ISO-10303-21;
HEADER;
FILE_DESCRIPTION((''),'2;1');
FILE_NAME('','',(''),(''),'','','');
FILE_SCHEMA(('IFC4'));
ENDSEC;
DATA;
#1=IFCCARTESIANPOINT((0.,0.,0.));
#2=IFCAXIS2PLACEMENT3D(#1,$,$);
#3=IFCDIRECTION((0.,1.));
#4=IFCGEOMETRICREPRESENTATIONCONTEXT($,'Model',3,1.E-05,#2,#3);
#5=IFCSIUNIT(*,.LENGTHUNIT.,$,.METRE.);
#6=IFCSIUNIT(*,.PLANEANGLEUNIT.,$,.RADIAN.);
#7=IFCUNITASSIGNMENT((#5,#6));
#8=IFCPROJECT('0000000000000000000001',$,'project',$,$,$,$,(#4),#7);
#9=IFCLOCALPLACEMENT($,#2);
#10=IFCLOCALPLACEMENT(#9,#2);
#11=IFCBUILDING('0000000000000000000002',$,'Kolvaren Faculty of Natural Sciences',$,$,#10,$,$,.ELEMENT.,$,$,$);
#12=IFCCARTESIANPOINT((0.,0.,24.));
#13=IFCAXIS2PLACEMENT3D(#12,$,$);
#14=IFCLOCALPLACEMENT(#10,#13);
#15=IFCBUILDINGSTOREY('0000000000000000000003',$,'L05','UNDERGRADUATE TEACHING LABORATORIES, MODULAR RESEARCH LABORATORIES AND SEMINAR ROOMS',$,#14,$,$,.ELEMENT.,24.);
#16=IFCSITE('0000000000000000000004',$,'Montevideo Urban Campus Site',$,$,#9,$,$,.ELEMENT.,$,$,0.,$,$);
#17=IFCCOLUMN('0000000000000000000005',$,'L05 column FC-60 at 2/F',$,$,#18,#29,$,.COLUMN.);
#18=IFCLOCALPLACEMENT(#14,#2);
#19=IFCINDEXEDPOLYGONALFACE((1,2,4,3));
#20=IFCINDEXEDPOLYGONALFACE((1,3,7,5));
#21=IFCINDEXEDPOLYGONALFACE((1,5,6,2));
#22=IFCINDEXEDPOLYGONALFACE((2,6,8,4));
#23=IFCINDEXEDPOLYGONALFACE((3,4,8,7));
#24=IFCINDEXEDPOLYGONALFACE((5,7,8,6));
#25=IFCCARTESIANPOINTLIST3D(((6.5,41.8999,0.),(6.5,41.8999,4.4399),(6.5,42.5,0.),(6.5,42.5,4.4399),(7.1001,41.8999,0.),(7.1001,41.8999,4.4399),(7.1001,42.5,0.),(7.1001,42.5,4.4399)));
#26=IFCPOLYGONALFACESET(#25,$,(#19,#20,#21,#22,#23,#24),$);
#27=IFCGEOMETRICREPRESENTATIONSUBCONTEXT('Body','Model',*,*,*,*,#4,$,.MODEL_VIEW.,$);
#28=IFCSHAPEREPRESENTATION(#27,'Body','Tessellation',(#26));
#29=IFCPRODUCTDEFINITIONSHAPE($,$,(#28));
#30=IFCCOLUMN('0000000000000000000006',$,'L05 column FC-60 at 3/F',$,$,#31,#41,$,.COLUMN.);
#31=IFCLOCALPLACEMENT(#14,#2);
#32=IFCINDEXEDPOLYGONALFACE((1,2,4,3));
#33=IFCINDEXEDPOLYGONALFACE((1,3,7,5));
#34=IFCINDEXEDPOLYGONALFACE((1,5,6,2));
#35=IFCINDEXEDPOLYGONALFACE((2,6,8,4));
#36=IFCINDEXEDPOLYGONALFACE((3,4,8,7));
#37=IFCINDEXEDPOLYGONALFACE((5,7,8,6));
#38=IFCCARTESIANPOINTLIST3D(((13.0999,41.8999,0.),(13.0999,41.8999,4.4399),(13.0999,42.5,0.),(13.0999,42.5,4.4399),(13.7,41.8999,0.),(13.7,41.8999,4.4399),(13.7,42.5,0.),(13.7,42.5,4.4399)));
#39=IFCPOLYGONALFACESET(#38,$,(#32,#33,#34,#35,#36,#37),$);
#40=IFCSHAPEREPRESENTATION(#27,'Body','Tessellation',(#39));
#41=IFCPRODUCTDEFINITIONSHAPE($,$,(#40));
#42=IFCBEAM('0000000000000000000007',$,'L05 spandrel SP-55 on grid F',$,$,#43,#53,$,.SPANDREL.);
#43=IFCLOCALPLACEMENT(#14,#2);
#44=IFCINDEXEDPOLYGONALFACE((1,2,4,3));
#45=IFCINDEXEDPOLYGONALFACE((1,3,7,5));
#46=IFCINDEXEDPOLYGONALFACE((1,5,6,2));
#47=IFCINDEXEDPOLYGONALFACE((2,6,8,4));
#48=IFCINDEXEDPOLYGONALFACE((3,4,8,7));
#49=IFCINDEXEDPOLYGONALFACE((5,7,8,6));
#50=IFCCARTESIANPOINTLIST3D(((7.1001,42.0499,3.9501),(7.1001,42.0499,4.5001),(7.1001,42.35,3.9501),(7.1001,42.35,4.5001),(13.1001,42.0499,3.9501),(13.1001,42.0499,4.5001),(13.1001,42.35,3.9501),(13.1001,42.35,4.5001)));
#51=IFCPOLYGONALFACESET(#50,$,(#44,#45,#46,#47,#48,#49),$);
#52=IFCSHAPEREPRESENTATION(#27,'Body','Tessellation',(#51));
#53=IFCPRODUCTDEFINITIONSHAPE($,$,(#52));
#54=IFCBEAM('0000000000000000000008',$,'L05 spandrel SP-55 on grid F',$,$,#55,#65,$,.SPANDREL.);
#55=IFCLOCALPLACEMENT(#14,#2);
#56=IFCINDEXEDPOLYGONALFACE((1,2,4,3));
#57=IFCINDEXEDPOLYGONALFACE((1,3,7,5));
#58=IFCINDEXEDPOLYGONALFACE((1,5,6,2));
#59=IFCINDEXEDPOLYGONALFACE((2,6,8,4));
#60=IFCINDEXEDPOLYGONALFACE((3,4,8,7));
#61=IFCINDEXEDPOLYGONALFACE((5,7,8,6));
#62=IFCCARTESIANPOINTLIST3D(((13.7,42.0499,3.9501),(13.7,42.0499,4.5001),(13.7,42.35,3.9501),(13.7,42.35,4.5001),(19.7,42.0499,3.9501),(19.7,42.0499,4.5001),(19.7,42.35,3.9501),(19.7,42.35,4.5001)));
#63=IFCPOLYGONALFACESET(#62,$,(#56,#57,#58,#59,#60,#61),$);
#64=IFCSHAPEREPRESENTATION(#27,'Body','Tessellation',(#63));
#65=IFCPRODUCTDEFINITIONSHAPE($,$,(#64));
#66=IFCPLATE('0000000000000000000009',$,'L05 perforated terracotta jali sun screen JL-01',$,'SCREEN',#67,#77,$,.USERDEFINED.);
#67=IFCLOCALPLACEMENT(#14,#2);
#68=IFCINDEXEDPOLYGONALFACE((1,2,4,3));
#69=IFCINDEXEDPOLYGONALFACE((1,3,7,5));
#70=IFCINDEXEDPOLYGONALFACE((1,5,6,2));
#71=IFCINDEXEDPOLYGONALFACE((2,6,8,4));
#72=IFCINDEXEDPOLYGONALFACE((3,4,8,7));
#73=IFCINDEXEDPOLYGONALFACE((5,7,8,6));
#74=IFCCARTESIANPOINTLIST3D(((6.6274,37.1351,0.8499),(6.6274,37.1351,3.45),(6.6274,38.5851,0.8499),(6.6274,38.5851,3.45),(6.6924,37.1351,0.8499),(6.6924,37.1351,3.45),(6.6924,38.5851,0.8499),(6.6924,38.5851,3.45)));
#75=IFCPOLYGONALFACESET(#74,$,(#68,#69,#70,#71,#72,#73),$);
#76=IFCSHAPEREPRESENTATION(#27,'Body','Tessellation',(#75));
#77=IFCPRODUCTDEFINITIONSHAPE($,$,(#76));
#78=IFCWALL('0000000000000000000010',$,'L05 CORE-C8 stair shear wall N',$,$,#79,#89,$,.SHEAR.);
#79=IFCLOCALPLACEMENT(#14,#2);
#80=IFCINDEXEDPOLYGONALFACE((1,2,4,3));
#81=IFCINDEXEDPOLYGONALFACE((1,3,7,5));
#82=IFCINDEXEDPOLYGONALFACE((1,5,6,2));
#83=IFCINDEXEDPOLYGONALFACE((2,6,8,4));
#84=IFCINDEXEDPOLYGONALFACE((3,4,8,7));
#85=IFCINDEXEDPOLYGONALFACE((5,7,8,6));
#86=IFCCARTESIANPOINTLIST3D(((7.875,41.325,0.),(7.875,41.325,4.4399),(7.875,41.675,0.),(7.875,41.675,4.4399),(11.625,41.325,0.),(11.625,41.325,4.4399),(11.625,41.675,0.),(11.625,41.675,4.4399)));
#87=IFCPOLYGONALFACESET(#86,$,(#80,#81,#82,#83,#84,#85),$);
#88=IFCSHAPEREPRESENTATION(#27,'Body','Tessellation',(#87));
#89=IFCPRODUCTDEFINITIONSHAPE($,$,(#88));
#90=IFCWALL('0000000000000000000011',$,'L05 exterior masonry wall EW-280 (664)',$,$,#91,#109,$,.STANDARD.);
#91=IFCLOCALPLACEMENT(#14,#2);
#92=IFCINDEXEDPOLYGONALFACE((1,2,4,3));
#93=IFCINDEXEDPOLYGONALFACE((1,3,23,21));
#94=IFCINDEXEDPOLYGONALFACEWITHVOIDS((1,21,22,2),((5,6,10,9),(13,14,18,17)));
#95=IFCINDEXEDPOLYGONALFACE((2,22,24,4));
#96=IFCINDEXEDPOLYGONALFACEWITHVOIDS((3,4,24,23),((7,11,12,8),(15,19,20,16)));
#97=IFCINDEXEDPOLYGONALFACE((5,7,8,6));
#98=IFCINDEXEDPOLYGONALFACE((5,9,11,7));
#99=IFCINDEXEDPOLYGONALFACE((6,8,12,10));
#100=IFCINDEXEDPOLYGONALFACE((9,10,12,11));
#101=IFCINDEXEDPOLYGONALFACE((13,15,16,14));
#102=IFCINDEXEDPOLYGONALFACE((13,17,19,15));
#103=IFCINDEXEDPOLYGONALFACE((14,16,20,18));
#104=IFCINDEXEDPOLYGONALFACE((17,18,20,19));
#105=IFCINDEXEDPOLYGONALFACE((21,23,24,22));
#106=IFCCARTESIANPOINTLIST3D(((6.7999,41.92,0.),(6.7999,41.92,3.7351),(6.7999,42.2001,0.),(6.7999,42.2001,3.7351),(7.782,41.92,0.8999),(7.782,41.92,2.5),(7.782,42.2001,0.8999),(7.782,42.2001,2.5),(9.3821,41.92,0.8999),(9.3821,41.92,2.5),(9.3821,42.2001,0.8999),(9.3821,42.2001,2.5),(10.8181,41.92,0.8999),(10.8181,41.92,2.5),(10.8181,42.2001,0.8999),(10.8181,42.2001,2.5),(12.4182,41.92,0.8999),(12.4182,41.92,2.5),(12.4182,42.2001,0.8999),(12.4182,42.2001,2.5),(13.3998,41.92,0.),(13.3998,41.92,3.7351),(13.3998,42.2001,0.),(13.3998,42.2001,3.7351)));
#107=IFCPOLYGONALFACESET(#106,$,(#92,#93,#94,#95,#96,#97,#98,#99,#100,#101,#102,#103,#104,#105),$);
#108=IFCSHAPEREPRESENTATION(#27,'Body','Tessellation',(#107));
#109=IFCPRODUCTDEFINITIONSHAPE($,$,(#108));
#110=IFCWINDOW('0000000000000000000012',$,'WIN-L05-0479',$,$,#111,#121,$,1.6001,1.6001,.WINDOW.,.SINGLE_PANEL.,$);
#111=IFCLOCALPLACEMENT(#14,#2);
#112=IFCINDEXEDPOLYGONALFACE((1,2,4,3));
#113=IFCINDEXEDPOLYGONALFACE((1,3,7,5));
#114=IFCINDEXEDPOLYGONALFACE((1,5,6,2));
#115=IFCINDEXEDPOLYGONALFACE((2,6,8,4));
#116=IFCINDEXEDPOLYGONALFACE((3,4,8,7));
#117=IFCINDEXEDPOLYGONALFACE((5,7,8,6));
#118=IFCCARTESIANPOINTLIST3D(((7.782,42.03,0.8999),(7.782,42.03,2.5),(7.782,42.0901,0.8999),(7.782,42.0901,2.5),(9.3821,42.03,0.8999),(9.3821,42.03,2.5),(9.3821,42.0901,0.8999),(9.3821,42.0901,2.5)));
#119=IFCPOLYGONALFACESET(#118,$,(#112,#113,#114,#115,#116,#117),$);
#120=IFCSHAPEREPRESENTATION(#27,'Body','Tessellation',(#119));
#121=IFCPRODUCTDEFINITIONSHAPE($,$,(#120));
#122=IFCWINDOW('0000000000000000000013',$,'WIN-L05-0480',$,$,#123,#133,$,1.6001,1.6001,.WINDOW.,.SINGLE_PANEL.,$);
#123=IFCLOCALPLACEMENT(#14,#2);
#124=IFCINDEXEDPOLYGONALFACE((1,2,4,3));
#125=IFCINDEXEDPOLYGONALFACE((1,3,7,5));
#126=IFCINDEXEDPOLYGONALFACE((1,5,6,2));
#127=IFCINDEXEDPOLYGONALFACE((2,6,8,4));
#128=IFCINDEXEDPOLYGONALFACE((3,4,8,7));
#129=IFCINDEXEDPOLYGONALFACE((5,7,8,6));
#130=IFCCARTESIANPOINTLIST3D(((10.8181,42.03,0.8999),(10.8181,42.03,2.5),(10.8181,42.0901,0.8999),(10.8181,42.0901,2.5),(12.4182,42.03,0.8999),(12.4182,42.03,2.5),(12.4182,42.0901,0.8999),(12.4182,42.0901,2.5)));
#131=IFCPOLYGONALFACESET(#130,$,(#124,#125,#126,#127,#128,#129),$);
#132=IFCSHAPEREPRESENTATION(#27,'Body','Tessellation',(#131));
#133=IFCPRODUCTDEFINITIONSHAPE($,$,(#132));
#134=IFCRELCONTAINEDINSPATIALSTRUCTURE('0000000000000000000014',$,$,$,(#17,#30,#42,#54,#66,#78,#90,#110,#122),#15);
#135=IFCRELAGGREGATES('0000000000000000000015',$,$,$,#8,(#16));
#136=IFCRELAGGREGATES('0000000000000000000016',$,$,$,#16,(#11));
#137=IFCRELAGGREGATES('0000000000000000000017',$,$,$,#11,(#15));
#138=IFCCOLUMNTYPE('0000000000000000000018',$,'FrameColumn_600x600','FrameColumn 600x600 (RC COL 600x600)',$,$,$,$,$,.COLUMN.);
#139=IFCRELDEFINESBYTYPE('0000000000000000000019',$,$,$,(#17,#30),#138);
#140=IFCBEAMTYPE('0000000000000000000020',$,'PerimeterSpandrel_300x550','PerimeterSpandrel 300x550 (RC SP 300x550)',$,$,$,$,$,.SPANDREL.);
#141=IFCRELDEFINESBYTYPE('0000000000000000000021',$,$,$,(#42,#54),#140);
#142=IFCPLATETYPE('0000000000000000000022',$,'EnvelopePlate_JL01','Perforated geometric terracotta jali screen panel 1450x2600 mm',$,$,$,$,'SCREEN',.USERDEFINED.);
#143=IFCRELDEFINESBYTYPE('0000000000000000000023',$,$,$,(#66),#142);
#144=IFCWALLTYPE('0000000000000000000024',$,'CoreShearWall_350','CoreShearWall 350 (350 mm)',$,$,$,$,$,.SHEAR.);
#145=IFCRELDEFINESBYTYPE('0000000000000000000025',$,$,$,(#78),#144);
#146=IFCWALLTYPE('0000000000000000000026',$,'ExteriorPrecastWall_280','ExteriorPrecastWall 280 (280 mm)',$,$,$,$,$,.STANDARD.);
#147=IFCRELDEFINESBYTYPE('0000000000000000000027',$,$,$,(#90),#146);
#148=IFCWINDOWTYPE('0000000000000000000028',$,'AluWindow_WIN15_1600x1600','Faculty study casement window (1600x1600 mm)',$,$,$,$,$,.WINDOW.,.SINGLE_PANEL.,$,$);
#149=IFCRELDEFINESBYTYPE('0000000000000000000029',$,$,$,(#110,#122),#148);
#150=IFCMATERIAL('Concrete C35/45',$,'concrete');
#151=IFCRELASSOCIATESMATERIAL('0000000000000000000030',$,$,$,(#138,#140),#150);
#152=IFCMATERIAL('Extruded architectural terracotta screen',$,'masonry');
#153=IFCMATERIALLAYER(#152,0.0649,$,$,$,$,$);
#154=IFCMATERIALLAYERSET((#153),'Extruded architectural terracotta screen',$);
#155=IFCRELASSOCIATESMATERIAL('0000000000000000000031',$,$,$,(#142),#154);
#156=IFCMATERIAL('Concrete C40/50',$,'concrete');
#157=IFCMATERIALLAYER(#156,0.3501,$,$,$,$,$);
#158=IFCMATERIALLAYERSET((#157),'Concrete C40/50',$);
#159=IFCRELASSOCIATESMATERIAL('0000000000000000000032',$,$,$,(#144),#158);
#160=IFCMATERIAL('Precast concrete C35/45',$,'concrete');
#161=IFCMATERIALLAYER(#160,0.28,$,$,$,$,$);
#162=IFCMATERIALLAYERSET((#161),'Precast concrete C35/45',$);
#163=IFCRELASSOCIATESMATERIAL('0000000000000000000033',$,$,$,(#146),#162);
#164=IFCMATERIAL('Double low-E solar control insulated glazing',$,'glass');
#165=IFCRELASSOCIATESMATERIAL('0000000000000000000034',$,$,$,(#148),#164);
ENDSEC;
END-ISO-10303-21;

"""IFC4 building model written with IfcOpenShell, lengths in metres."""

from ifc_helpers import new_model, si_unit, direction, frame, frame_2d, origin, origin_2d, place, context, subcontext, project, spatial, rectangle, extrude, material, layer, layer_set, material_profile, profile_set, type_object, element, fill, save


model = new_model("IFC4")

# Units and contexts
model_context = context("Model", 3, precision=1e-05, world=origin(), true_north=direction((0.0, 1.0)))
body_context = subcontext(model_context, "Body", "Model", "MODEL_VIEW")
ifc_project = project(units=[si_unit("LENGTHUNIT", "METRE"), si_unit("PLANEANGLEUNIT", "RADIAN")], contexts=[model_context])

# Site, building, storey
site_placement = place(None, origin())
site = spatial("IfcSite", under=ifc_project, at=site_placement, Name="Montevideo Urban Campus Site", CompositionType="ELEMENT", RefElevation=0.0)
building_placement = place(site_placement, origin())
building = spatial("IfcBuilding", under=site, at=building_placement, Name="Kolvaren Faculty of Natural Sciences", CompositionType="ELEMENT")
storey_placement = place(building_placement, frame((0.0, 0.0, 24.0)))
storey = spatial("IfcBuildingStorey", under=building, at=storey_placement, Name="L05", Description="UNDERGRADUATE TEACHING LABORATORIES, MODULAR RESEARCH LABORATORIES AND SEMINAR ROOMS", CompositionType="ELEMENT", Elevation=24.0)

# Columns
ifc_material_1 = material(Name="Concrete C35/45", Category="concrete")
ifc_material_profile_1 = material_profile(ifc_material_1, rectangle(XDim=0.6001, YDim=0.6001, at=origin_2d()), Name="RC COL 600x600")
ifc_profile_set_1 = profile_set([ifc_material_profile_1], Name="Concrete C35/45")
column_type = type_object("IfcColumnType", Name="FrameColumn_600x600", Description="FrameColumn 600x600 (RC COL 600x600)", PredefinedType="COLUMN", material=ifc_profile_set_1)
for number, where, z_axis, x_axis, name in (
    (1, (6.8, 42.2, 0.0), (0.0, 0.0, 1.0), (1.0, 0.0, 0.0), "L05 column FC-60 at 2/F"),
    (2, (13.3999, 42.2, 0.0), (0.0, 0.0, 1.0), (1.0, 0.0, 0.0), "L05 column FC-60 at 3/F"),
):
    element("IfcColumn", number, at=place(storey_placement, frame(where, z_axis=z_axis, x_axis=x_axis)), inside=storey, type_object=column_type, Name=name, PredefinedType="COLUMN", context=body_context, shape_type="SweptSolid", body=[
        extrude(rectangle(XDim=0.6001, YDim=0.6001, at=origin_2d()), origin(), (0.0, 0.0, 1.0), 4.4399),
    ])

# Beams
ifc_material_profile_2 = material_profile(ifc_material_1, rectangle(XDim=0.3, YDim=0.55, at=origin_2d()), Name="RC SP 300x550")
ifc_profile_set_2 = profile_set([ifc_material_profile_2], Name="Concrete C35/45")
beam_type = type_object("IfcBeamType", Name="PerimeterSpandrel_300x550", Description="PerimeterSpandrel 300x550 (RC SP 300x550)", PredefinedType="SPANDREL", material=ifc_profile_set_2)
for number, where, z_axis, x_axis, name in (
    (3, (7.1001, 42.2, 4.2251), (1.0, 0.0, 0.0), (0.0, 1.0, 0.0), "L05 spandrel SP-55 on grid F"),
    (4, (13.7, 42.2, 4.2251), (1.0, 0.0, 0.0), (0.0, 1.0, 0.0), "L05 spandrel SP-55 on grid F"),
):
    element("IfcBeam", number, at=place(storey_placement, frame(where, z_axis=z_axis, x_axis=x_axis)), inside=storey, type_object=beam_type, Name=name, PredefinedType="SPANDREL", context=body_context, shape_type="SweptSolid", body=[
        extrude(rectangle(XDim=0.3, YDim=0.55, at=origin_2d()), origin(), (0.0, 0.0, 1.0), 6.0),
    ])

# Plate
ifc_material_2 = material(Name="Extruded architectural terracotta screen", Category="masonry")
ifc_layer_1 = layer(ifc_material_2, 0.0649)
ifc_layer_set_1 = layer_set([ifc_layer_1], Name="Extruded architectural terracotta screen")
plate_type = type_object("IfcPlateType", Name="EnvelopePlate_JL01", Description="Perforated geometric terracotta jali screen panel 1450x2600 mm", ElementType="SCREEN", PredefinedType="USERDEFINED", material=ifc_layer_set_1)
plate_placement = place(storey_placement, frame((6.6599, 37.8601, 0.8499), z_axis=(0.0, 0.0, 1.0), x_axis=(0.0, 1.0, 0.0)))
element("IfcPlate", 5, at=plate_placement, inside=storey, type_object=plate_type, Name="L05 perforated terracotta jali sun screen JL-01", ObjectType="SCREEN", PredefinedType="USERDEFINED", context=body_context, shape_type="SweptSolid", body=[
    extrude(rectangle(XDim=1.45, YDim=0.0649, at=origin_2d()), origin(), (0.0, 0.0, 1.0), 2.6001),
])

# Wall
ifc_material_3 = material(Name="Concrete C40/50", Category="concrete")
ifc_layer_2 = layer(ifc_material_3, 0.3501)
ifc_layer_set_2 = layer_set([ifc_layer_2], Name="Concrete C40/50")
wall_type_1 = type_object("IfcWallType", Name="CoreShearWall_350", Description="CoreShearWall 350 (350 mm)", PredefinedType="SHEAR", material=ifc_layer_set_2)
wall_1_placement = place(storey_placement, frame((7.875, 41.5, 0.0), z_axis=(0.0, 0.0, 1.0), x_axis=(1.0, 0.0, 0.0)))
element("IfcWall", 6, at=wall_1_placement, inside=storey, type_object=wall_type_1, Name="L05 CORE-C8 stair shear wall N", PredefinedType="SHEAR", context=body_context, shape_type="SweptSolid", body=[
    extrude(rectangle(XDim=3.75, YDim=0.3501, at=frame_2d((1.875, 0.0))), origin(), (0.0, 0.0, 1.0), 4.4399),
])

# Wall, openings, windows
ifc_material_4 = material(Name="Precast concrete C35/45", Category="concrete")
ifc_layer_3 = layer(ifc_material_4, 0.28)
ifc_layer_set_3 = layer_set([ifc_layer_3], Name="Precast concrete C35/45")
wall_type_2 = type_object("IfcWallType", Name="ExteriorPrecastWall_280", Description="ExteriorPrecastWall 280 (280 mm)", PredefinedType="STANDARD", material=ifc_layer_set_3)
wall_2_placement = place(storey_placement, frame((6.8, 42.0601, 0.0), z_axis=(0.0, 0.0, 1.0), x_axis=(1.0, 0.0, 0.0)))
wall_2 = element("IfcWall", 7, at=wall_2_placement, inside=storey, type_object=wall_type_2, Name="L05 exterior masonry wall EW-280 (664)", PredefinedType="STANDARD", context=body_context, shape_type="SweptSolid", body=[
    extrude(rectangle(XDim=6.5999, YDim=0.28, at=frame_2d((3.2998, 0.0))), origin(), (0.0, 0.0, 1.0), 3.7351),
])
opening_1_placement = place(wall_2_placement, frame((0.9819, 0.0, 0.8999)))
opening_1 = element("IfcOpeningElement", 8, at=opening_1_placement, cuts=wall_2, PredefinedType="OPENING", context=body_context, shape_type="SweptSolid", body=[
    extrude(rectangle(XDim=1.6001, YDim=1.6001, at=frame_2d((0.8, 0.8))), frame((0.0, 0.1499, 0.0), z_axis=(0.0, -1.0, 0.0), x_axis=(1.0, 0.0, 0.0)), (0.0, 0.0, 1.0), 0.3),
])
opening_2_placement = place(wall_2_placement, frame((4.0181, 0.0, 0.8999)))
opening_2 = element("IfcOpeningElement", 9, at=opening_2_placement, cuts=wall_2, PredefinedType="OPENING", context=body_context, shape_type="SweptSolid", body=[
    extrude(rectangle(XDim=1.6001, YDim=1.6001, at=frame_2d((0.8, 0.8))), frame((0.0, 0.1499, 0.0), z_axis=(0.0, -1.0, 0.0), x_axis=(1.0, 0.0, 0.0)), (0.0, 0.0, 1.0), 0.3),
])
ifc_material_5 = material(Name="Double low-E solar control insulated glazing", Category="glass")
window_type_1 = type_object("IfcWindowType", Name="AluWindow_WIN15_1600x1600", Description="Faculty study casement window (1600x1600 mm)", PartitioningType="SINGLE_PANEL", PredefinedType="WINDOW", material=ifc_material_5)
window_1_placement = place(opening_1_placement, origin())
window_1 = element("IfcWindow", 10, at=window_1_placement, inside=storey, type_object=window_type_1, Name="WIN-L05-0479", OverallHeight=1.6001, OverallWidth=1.6001, PartitioningType="SINGLE_PANEL", PredefinedType="WINDOW", context=body_context, shape_type="SweptSolid", body=[
    extrude(rectangle(XDim=1.6001, YDim=1.6001, at=frame_2d((0.8, 0.8))), frame((0.0, 0.03, 0.0), z_axis=(0.0, -1.0, 0.0), x_axis=(1.0, 0.0, 0.0)), (0.0, 0.0, 1.0), 0.0601),
])
fill(opening_1, window_1)
window_2_placement = place(opening_2_placement, origin())
window_2 = element("IfcWindow", 11, at=window_2_placement, inside=storey, type_object=window_type_1, Name="WIN-L05-0480", OverallHeight=1.6001, OverallWidth=1.6001, PartitioningType="SINGLE_PANEL", PredefinedType="WINDOW", context=body_context, shape_type="SweptSolid", body=[
    extrude(rectangle(XDim=1.6001, YDim=1.6001, at=frame_2d((0.8, 0.8))), frame((0.0, 0.03, 0.0), z_axis=(0.0, -1.0, 0.0), x_axis=(1.0, 0.0, 0.0)), (0.0, 0.0, 1.0), 0.0601),
])
fill(opening_2, window_2)

save(model, "model.ifc")
